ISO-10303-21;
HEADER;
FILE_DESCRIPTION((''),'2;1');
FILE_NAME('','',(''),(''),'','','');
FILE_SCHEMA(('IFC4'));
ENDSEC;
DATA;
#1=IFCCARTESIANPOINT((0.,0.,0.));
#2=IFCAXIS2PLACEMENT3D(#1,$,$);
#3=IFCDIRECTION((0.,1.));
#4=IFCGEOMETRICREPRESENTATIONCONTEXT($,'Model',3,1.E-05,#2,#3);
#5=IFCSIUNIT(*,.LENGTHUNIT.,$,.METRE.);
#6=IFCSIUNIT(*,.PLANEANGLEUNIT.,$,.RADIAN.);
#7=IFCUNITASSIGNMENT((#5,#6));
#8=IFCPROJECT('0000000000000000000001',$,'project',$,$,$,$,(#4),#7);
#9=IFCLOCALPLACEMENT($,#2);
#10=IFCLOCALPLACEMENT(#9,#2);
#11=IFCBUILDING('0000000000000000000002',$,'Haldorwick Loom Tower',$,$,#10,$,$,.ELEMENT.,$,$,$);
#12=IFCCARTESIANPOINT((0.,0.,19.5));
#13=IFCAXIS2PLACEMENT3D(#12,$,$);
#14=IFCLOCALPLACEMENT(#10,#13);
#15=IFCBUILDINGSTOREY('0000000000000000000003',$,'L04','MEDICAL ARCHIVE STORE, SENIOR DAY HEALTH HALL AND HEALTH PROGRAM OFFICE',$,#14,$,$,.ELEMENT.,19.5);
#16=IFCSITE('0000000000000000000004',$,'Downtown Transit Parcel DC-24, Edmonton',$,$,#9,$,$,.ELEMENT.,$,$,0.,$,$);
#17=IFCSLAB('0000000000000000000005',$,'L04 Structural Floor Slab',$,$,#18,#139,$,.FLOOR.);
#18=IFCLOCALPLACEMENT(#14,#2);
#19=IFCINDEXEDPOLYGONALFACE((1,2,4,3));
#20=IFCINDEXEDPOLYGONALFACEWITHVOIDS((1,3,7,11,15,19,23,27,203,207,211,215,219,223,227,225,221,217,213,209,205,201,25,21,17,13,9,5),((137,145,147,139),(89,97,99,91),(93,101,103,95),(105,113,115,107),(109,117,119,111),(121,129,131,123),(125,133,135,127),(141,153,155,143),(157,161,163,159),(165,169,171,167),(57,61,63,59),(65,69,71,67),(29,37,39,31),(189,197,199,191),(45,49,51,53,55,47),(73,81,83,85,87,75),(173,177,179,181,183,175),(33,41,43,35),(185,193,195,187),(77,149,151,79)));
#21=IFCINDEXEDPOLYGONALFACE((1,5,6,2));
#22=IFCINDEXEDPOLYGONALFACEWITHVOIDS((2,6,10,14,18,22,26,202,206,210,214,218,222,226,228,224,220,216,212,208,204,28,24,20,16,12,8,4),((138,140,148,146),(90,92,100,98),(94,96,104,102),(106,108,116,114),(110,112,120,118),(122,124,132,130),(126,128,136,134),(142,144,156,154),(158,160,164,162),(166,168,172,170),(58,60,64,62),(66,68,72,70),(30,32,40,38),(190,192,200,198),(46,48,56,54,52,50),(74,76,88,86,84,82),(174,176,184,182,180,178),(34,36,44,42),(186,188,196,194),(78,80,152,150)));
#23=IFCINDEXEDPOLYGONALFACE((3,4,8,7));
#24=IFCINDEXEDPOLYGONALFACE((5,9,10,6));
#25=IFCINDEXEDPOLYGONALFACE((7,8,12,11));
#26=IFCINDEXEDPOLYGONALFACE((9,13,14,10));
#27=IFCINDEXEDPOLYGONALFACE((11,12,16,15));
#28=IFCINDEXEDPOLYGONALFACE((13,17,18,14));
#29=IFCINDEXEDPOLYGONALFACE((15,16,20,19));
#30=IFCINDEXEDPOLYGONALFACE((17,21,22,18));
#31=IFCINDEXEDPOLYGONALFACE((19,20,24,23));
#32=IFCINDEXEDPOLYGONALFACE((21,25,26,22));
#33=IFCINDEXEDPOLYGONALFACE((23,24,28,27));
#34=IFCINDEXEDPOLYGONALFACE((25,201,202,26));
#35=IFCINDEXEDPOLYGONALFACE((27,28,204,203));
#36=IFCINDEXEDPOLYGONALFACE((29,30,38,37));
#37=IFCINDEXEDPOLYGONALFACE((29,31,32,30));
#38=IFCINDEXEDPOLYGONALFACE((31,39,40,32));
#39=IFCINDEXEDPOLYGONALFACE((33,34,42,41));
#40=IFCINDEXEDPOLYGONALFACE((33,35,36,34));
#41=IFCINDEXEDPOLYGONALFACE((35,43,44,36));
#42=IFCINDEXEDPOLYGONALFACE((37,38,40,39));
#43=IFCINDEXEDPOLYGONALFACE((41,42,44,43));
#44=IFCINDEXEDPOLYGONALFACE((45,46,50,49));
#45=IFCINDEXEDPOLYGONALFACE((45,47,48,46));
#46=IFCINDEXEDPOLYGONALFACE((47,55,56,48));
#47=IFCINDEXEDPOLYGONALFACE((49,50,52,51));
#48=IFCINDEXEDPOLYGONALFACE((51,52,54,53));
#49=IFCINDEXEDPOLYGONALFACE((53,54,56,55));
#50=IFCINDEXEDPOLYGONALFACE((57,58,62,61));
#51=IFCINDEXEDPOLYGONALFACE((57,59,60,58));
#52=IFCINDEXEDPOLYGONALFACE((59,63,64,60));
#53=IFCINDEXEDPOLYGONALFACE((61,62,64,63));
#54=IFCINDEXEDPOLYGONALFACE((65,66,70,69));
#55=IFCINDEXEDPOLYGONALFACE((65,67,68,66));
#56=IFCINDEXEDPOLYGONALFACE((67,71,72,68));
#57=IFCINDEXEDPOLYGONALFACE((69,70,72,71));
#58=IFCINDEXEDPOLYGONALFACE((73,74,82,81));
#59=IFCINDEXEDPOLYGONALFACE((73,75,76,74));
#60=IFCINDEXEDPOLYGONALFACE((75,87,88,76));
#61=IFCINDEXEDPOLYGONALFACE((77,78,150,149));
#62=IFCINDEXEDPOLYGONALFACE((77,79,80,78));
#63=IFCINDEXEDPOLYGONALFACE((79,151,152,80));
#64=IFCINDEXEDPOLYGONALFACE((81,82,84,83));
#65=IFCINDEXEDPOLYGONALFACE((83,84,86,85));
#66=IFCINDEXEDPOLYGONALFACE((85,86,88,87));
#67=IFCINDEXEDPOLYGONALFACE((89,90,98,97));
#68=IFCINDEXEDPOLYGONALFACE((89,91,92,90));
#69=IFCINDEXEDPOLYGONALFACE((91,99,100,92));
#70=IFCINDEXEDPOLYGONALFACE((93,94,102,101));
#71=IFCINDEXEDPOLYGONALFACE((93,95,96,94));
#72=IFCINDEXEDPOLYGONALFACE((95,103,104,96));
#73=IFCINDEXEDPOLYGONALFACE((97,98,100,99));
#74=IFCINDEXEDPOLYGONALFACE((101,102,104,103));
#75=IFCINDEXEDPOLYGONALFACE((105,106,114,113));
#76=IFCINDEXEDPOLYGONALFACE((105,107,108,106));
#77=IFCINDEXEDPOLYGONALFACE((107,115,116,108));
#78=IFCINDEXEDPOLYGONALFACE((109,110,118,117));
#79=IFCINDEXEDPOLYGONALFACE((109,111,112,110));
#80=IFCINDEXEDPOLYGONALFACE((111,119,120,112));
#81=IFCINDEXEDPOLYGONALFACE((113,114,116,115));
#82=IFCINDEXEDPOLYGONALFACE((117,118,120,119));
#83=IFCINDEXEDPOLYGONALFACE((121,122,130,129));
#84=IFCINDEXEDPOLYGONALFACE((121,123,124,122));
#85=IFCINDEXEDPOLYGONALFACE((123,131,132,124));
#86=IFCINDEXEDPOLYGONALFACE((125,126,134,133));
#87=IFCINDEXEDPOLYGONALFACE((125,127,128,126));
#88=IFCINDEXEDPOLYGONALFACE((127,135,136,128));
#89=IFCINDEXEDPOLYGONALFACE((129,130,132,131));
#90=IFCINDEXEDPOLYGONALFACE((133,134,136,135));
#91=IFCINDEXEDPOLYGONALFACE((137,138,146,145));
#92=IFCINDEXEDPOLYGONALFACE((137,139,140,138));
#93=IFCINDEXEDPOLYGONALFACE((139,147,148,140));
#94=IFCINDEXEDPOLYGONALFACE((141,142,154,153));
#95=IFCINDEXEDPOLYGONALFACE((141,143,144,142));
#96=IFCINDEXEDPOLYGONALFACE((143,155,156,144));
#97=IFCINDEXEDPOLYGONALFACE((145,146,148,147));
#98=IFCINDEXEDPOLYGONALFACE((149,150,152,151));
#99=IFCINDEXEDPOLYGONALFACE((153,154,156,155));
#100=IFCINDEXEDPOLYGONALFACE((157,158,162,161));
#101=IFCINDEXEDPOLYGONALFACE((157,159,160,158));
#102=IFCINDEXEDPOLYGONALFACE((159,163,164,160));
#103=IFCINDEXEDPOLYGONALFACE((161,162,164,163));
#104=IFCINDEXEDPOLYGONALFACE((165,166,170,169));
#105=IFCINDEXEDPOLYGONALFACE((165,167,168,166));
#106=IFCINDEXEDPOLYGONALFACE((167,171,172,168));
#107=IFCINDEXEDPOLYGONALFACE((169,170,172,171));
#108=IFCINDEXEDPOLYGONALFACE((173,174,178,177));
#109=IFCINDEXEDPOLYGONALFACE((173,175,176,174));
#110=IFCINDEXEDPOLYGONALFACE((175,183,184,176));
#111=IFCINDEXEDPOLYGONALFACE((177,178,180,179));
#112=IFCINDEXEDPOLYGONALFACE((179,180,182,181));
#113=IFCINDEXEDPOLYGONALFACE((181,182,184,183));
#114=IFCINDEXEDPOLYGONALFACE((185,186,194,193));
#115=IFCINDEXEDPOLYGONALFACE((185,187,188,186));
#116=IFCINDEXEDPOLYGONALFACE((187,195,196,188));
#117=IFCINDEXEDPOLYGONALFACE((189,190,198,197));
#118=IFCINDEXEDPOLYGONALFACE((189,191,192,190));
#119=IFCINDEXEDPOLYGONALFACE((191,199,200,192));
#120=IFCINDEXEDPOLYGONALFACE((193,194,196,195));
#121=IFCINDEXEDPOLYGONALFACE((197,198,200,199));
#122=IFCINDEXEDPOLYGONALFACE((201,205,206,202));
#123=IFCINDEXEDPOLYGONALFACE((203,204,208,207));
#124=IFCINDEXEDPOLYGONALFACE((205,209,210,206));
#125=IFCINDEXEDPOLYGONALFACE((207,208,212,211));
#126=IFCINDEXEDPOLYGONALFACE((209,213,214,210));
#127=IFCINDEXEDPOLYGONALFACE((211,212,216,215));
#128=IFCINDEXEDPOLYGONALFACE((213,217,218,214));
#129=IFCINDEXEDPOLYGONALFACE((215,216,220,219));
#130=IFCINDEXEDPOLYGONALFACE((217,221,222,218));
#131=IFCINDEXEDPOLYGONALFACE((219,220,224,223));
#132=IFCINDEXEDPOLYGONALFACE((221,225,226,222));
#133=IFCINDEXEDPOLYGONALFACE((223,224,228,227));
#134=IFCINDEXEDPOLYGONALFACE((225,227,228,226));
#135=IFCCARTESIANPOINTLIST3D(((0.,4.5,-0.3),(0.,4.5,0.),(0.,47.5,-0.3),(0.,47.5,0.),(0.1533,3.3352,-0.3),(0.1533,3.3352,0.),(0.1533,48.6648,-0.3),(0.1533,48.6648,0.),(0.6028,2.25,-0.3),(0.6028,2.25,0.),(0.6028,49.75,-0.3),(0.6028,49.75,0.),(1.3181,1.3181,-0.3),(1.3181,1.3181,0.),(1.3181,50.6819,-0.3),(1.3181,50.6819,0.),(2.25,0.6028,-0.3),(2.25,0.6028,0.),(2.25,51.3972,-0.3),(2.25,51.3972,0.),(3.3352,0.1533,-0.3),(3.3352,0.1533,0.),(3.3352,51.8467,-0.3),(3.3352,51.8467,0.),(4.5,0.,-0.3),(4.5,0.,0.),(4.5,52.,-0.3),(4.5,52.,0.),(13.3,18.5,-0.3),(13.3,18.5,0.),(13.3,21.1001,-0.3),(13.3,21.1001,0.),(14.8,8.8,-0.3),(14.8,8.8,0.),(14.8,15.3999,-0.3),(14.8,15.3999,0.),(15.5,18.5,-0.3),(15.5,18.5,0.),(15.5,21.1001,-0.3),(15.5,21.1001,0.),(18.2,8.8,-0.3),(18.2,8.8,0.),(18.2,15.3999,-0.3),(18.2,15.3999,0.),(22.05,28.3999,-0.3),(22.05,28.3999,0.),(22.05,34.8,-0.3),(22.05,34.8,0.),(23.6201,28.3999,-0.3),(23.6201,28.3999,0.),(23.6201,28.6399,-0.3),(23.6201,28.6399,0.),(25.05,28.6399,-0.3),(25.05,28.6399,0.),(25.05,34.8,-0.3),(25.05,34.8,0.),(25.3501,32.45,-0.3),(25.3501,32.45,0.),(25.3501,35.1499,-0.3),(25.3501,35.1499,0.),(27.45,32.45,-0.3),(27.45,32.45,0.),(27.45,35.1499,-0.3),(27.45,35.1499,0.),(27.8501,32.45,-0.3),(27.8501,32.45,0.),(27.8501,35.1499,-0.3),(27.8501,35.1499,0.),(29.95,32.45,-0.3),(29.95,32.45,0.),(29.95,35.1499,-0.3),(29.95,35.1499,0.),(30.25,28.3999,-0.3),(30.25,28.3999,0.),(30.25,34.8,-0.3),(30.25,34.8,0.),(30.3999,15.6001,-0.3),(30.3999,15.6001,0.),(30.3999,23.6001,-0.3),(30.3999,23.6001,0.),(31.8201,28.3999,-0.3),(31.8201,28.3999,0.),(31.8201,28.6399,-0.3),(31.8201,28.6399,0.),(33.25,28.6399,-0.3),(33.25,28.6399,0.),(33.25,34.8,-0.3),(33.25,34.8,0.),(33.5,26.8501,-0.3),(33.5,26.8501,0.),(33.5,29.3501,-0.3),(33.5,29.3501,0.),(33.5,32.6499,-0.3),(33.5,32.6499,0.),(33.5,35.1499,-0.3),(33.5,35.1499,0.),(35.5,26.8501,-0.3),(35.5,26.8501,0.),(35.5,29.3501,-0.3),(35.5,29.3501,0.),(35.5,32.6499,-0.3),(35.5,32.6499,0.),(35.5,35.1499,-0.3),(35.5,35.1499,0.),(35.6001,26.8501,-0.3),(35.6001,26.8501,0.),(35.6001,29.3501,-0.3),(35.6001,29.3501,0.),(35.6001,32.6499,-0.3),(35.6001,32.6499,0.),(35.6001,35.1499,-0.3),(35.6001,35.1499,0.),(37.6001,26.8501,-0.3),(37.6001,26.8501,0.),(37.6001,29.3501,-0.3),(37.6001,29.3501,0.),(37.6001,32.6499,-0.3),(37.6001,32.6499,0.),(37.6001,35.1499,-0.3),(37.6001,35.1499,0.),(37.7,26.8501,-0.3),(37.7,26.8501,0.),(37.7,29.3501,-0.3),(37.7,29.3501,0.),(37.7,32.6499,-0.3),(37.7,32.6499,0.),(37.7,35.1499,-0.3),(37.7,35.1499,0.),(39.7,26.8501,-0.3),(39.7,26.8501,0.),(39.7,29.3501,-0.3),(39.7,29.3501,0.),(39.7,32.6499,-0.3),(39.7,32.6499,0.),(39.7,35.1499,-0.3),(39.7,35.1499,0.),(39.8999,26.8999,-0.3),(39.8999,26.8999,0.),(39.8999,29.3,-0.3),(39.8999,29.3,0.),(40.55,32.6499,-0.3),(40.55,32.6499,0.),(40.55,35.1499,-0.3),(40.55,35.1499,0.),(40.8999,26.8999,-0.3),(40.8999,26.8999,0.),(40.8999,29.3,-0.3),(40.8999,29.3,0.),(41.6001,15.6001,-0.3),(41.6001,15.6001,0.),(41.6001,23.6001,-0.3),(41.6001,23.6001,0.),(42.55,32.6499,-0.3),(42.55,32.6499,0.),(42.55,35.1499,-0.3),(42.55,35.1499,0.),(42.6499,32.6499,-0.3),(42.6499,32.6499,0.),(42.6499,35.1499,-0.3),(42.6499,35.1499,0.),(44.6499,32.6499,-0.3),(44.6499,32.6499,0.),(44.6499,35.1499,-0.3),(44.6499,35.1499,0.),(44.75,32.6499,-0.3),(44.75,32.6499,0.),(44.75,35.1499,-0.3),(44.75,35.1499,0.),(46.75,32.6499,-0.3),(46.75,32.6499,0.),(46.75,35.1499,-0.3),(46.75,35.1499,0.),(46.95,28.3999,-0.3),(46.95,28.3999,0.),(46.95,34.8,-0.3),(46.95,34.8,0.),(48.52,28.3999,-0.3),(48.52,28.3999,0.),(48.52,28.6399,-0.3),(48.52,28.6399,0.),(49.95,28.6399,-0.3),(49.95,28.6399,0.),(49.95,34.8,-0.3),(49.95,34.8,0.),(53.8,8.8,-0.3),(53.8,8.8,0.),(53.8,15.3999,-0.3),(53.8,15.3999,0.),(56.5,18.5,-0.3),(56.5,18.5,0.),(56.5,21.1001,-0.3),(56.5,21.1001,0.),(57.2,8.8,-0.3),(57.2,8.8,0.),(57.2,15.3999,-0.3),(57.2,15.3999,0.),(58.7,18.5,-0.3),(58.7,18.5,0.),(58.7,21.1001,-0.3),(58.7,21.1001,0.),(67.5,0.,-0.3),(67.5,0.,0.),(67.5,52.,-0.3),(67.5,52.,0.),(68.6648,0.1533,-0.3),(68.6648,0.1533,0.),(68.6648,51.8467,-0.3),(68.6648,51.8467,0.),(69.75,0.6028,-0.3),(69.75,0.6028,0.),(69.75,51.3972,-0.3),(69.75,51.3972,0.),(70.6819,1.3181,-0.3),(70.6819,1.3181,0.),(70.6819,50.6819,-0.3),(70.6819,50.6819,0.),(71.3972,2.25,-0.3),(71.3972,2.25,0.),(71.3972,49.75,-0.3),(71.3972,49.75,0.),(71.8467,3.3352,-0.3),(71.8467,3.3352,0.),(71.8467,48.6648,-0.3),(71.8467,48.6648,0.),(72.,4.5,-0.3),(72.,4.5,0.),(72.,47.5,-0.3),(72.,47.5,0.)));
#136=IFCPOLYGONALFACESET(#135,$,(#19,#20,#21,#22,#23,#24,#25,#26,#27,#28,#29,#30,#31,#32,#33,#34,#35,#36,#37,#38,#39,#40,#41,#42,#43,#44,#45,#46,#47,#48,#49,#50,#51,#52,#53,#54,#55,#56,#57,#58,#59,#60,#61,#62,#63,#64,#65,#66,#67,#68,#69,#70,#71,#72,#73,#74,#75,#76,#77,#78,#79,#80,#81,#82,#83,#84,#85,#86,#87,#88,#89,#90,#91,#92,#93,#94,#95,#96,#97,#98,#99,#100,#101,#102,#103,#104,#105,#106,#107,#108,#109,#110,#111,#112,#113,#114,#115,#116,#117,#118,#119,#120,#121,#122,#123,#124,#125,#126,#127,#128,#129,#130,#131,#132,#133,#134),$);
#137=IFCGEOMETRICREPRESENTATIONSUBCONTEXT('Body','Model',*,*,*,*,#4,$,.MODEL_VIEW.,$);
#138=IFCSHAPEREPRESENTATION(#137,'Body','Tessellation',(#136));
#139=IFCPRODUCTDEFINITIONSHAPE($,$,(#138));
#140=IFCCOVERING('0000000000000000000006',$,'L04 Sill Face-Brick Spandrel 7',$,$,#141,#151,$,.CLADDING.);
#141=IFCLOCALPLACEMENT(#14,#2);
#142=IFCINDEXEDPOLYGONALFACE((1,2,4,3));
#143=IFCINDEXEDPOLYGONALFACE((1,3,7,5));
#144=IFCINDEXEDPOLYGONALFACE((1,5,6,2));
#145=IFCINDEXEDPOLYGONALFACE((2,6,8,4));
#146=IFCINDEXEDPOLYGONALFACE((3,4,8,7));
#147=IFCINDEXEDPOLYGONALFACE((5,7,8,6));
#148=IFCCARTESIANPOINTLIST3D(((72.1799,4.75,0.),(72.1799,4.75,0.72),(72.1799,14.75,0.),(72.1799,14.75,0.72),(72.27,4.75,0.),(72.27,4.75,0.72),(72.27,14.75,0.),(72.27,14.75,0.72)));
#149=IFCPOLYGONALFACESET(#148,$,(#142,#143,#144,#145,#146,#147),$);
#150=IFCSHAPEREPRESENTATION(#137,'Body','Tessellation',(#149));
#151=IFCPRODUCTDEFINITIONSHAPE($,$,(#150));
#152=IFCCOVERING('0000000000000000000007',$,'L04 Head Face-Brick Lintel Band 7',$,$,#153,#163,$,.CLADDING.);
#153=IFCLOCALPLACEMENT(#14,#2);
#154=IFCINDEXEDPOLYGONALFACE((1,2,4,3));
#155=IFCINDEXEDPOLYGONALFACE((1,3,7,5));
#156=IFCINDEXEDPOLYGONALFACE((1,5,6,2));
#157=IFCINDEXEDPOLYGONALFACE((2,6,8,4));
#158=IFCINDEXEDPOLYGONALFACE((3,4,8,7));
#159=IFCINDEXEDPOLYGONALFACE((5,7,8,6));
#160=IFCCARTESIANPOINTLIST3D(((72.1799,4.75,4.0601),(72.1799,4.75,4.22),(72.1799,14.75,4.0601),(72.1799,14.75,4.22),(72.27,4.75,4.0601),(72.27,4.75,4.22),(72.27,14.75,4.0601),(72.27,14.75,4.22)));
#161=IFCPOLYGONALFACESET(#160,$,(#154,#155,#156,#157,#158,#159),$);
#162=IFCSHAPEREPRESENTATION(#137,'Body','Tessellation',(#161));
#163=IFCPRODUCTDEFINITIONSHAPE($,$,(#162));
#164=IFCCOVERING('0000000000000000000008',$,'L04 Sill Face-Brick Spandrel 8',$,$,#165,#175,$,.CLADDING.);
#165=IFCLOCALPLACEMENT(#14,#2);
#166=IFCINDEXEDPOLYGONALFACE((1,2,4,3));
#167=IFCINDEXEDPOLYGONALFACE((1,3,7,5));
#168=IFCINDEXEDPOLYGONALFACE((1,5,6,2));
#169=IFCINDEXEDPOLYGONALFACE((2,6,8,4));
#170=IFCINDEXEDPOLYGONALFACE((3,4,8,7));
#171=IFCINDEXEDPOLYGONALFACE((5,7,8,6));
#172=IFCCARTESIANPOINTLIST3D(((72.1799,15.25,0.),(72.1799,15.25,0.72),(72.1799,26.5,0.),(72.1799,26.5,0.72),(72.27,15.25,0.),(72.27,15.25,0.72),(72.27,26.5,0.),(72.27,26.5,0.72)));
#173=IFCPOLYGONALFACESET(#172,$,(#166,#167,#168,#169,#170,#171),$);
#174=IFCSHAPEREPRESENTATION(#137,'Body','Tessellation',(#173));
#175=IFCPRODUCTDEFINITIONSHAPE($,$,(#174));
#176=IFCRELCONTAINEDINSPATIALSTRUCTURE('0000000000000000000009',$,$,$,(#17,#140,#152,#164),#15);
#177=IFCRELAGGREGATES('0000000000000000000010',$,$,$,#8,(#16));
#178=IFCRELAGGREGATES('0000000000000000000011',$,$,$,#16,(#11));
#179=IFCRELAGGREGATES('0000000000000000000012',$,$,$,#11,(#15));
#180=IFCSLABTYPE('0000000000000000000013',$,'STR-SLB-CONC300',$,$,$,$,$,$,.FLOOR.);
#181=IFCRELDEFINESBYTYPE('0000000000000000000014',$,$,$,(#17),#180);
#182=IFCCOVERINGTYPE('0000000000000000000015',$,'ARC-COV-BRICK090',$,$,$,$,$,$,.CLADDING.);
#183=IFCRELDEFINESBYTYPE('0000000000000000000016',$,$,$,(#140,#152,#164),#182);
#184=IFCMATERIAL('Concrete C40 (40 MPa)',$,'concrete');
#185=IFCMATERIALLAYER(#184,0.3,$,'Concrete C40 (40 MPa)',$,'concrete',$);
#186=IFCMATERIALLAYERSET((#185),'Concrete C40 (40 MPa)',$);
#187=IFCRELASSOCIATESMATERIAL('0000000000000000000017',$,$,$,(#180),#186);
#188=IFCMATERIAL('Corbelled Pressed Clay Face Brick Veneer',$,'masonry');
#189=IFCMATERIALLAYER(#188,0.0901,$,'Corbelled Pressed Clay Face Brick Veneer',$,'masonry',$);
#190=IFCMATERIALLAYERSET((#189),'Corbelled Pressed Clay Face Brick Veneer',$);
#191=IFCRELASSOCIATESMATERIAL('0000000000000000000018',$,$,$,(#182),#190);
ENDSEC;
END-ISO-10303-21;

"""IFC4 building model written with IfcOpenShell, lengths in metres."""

from ifc_helpers import new_model, si_unit, direction, frame, origin, place, context, subcontext, project, spatial, polyline, outline, extrude, material, layer, layer_set, type_object, element, save


model = new_model("IFC4")

# Units and contexts
model_context = context("Model", 3, precision=1e-05, world=origin(), true_north=direction((0.0, 1.0)))
body_context = subcontext(model_context, "Body", "Model", "MODEL_VIEW")
ifc_project = project(units=[si_unit("LENGTHUNIT", "METRE"), si_unit("PLANEANGLEUNIT", "RADIAN")], contexts=[model_context])

# Site, building, storey
site_placement = place(None, origin())
site = spatial("IfcSite", under=ifc_project, at=site_placement, Name="Downtown Transit Parcel DC-24, Edmonton", CompositionType="ELEMENT", RefElevation=0.0)
building_placement = place(site_placement, origin())
building = spatial("IfcBuilding", under=site, at=building_placement, Name="Haldorwick Loom Tower", CompositionType="ELEMENT")
storey_placement = place(building_placement, frame((0.0, 0.0, 19.5)))
storey = spatial("IfcBuildingStorey", under=building, at=storey_placement, Name="L04", Description="MEDICAL ARCHIVE STORE, SENIOR DAY HEALTH HALL AND HEALTH PROGRAM OFFICE", CompositionType="ELEMENT", Elevation=19.5)

# Slab
ifc_material_1 = material(Name="Concrete C40 (40 MPa)", Category="concrete")
ifc_layer_1 = layer(ifc_material_1, 0.3, Name="Concrete C40 (40 MPa)", Category="concrete")
ifc_layer_set_1 = layer_set([ifc_layer_1], Name="Concrete C40 (40 MPa)")
slab_type = type_object("IfcSlabType", Name="STR-SLB-CONC300", PredefinedType="FLOOR", material=ifc_layer_set_1)
slab_placement = place(storey_placement, frame((0.0, 0.0, -0.3)))
element("IfcSlab", 1, at=slab_placement, inside=storey, type_object=slab_type, Name="L04 Structural Floor Slab", PredefinedType="FLOOR", context=body_context, shape_type="SweptSolid", body=[
    extrude(outline(polyline([(2.25, 0.6028), (3.3352, 0.1533), (4.5, 0.0), (67.5, 0.0), (68.6648, 0.1533), (69.75, 0.6028), (70.6819, 1.3181), (71.3972, 2.25), (71.8467, 3.3352), (72.0, 4.5), (72.0, 47.5), (71.8467, 48.6648), (71.3972, 49.75), (70.6819, 50.6819), (69.75, 51.3972), (68.6648, 51.8467), (67.5, 52.0), (4.5, 52.0), (3.3352, 51.8467), (2.25, 51.3972), (1.3181, 50.6819), (0.6028, 49.75), (0.1533, 48.6648), (0.0, 47.5), (0.0, 4.5), (0.1533, 3.3352), (0.6028, 2.25), (1.3181, 1.3181), (2.25, 0.6028)]), holes=[polyline([(14.8, 8.8), (14.8, 15.3999), (18.2, 15.3999), (18.2, 8.8), (14.8, 8.8)]), polyline([(30.3999, 23.6001), (41.6001, 23.6001), (41.6001, 15.6001), (30.3999, 15.6001), (30.3999, 23.6001)]), polyline([(13.3, 18.5), (13.3, 21.1001), (15.5, 21.1001), (15.5, 18.5), (13.3, 18.5)]), polyline([(33.5, 29.3501), (35.5, 29.3501), (35.5, 26.8501), (33.5, 26.8501), (33.5, 29.3501)]), polyline([(22.05, 34.8), (25.05, 34.8), (25.05, 28.6399), (23.6201, 28.6399), (23.6201, 28.3999), (22.05, 28.3999), (22.05, 34.8)]), polyline([(30.25, 28.3999), (30.25, 34.8), (33.25, 34.8), (33.25, 28.6399), (31.8201, 28.6399), (31.8201, 28.3999), (30.25, 28.3999)]), polyline([(25.3501, 32.45), (25.3501, 35.1499), (27.45, 35.1499), (27.45, 32.45), (25.3501, 32.45)]), polyline([(27.8501, 32.45), (27.8501, 35.1499), (29.95, 35.1499), (29.95, 32.45), (27.8501, 32.45)]), polyline([(33.5, 35.1499), (35.5, 35.1499), (35.5, 32.6499), (33.5, 32.6499), (33.5, 35.1499)]), polyline([(35.6001, 35.1499), (37.6001, 35.1499), (37.6001, 32.6499), (35.6001, 32.6499), (35.6001, 35.1499)]), polyline([(53.8, 8.8), (53.8, 15.3999), (57.2, 15.3999), (57.2, 8.8), (53.8, 8.8)]), polyline([(56.5, 18.5), (56.5, 21.1001), (58.7, 21.1001), (58.7, 18.5), (56.5, 18.5)]), polyline([(35.6001, 26.8501), (35.6001, 29.3501), (37.6001, 29.3501), (37.6001, 26.8501), (35.6001, 26.8501)]), polyline([(37.7, 29.3501), (39.7, 29.3501), (39.7, 26.8501), (37.7, 26.8501), (37.7, 29.3501)]), polyline([(39.8999, 29.3), (40.8999, 29.3), (40.8999, 26.8999), (39.8999, 26.8999), (39.8999, 29.3)]), polyline([(46.95, 28.3999), (46.95, 34.8), (49.95, 34.8), (49.95, 28.6399), (48.52, 28.6399), (48.52, 28.3999), (46.95, 28.3999)]), polyline([(37.7, 32.6499), (37.7, 35.1499), (39.7, 35.1499), (39.7, 32.6499), (37.7, 32.6499)]), polyline([(40.55, 32.6499), (40.55, 35.1499), (42.55, 35.1499), (42.55, 32.6499), (40.55, 32.6499)]), polyline([(42.6499, 35.1499), (44.6499, 35.1499), (44.6499, 32.6499), (42.6499, 32.6499), (42.6499, 35.1499)]), polyline([(44.75, 35.1499), (46.75, 35.1499), (46.75, 32.6499), (44.75, 32.6499), (44.75, 35.1499)])]), origin(), (0.0, 0.0, 1.0), 0.3),
])

# Coverings
ifc_material_2 = material(Name="Corbelled Pressed Clay Face Brick Veneer", Category="masonry")
ifc_layer_2 = layer(ifc_material_2, 0.0901, Name="Corbelled Pressed Clay Face Brick Veneer", Category="masonry")
ifc_layer_set_2 = layer_set([ifc_layer_2], Name="Corbelled Pressed Clay Face Brick Veneer")
covering_type = type_object("IfcCoveringType", Name="ARC-COV-BRICK090", PredefinedType="CLADDING", material=ifc_layer_set_2)
covering_1_placement = place(storey_placement, origin())
element("IfcCovering", 2, at=covering_1_placement, inside=storey, type_object=covering_type, Name="L04 Sill Face-Brick Spandrel 7", PredefinedType="CLADDING", context=body_context, shape_type="SweptSolid", body=[
    extrude(outline(polyline([(72.27, 4.75), (72.27, 14.75), (72.1799, 14.75), (72.1799, 4.75), (72.27, 4.75)])), origin(), (0.0, 0.0, 1.0), 0.72),
])
covering_2_placement = place(storey_placement, frame((0.0, 0.0, 4.0601)))
element("IfcCovering", 3, at=covering_2_placement, inside=storey, type_object=covering_type, Name="L04 Head Face-Brick Lintel Band 7", PredefinedType="CLADDING", context=body_context, shape_type="SweptSolid", body=[
    extrude(outline(polyline([(72.27, 4.75), (72.27, 14.75), (72.1799, 14.75), (72.1799, 4.75), (72.27, 4.75)])), origin(), (0.0, 0.0, 1.0), 0.1599),
])
covering_3_placement = place(storey_placement, origin())
element("IfcCovering", 4, at=covering_3_placement, inside=storey, type_object=covering_type, Name="L04 Sill Face-Brick Spandrel 8", PredefinedType="CLADDING", context=body_context, shape_type="SweptSolid", body=[
    extrude(outline(polyline([(72.27, 15.25), (72.27, 26.5), (72.1799, 26.5), (72.1799, 15.25), (72.27, 15.25)])), origin(), (0.0, 0.0, 1.0), 0.72),
])

save(model, "model.ifc")
